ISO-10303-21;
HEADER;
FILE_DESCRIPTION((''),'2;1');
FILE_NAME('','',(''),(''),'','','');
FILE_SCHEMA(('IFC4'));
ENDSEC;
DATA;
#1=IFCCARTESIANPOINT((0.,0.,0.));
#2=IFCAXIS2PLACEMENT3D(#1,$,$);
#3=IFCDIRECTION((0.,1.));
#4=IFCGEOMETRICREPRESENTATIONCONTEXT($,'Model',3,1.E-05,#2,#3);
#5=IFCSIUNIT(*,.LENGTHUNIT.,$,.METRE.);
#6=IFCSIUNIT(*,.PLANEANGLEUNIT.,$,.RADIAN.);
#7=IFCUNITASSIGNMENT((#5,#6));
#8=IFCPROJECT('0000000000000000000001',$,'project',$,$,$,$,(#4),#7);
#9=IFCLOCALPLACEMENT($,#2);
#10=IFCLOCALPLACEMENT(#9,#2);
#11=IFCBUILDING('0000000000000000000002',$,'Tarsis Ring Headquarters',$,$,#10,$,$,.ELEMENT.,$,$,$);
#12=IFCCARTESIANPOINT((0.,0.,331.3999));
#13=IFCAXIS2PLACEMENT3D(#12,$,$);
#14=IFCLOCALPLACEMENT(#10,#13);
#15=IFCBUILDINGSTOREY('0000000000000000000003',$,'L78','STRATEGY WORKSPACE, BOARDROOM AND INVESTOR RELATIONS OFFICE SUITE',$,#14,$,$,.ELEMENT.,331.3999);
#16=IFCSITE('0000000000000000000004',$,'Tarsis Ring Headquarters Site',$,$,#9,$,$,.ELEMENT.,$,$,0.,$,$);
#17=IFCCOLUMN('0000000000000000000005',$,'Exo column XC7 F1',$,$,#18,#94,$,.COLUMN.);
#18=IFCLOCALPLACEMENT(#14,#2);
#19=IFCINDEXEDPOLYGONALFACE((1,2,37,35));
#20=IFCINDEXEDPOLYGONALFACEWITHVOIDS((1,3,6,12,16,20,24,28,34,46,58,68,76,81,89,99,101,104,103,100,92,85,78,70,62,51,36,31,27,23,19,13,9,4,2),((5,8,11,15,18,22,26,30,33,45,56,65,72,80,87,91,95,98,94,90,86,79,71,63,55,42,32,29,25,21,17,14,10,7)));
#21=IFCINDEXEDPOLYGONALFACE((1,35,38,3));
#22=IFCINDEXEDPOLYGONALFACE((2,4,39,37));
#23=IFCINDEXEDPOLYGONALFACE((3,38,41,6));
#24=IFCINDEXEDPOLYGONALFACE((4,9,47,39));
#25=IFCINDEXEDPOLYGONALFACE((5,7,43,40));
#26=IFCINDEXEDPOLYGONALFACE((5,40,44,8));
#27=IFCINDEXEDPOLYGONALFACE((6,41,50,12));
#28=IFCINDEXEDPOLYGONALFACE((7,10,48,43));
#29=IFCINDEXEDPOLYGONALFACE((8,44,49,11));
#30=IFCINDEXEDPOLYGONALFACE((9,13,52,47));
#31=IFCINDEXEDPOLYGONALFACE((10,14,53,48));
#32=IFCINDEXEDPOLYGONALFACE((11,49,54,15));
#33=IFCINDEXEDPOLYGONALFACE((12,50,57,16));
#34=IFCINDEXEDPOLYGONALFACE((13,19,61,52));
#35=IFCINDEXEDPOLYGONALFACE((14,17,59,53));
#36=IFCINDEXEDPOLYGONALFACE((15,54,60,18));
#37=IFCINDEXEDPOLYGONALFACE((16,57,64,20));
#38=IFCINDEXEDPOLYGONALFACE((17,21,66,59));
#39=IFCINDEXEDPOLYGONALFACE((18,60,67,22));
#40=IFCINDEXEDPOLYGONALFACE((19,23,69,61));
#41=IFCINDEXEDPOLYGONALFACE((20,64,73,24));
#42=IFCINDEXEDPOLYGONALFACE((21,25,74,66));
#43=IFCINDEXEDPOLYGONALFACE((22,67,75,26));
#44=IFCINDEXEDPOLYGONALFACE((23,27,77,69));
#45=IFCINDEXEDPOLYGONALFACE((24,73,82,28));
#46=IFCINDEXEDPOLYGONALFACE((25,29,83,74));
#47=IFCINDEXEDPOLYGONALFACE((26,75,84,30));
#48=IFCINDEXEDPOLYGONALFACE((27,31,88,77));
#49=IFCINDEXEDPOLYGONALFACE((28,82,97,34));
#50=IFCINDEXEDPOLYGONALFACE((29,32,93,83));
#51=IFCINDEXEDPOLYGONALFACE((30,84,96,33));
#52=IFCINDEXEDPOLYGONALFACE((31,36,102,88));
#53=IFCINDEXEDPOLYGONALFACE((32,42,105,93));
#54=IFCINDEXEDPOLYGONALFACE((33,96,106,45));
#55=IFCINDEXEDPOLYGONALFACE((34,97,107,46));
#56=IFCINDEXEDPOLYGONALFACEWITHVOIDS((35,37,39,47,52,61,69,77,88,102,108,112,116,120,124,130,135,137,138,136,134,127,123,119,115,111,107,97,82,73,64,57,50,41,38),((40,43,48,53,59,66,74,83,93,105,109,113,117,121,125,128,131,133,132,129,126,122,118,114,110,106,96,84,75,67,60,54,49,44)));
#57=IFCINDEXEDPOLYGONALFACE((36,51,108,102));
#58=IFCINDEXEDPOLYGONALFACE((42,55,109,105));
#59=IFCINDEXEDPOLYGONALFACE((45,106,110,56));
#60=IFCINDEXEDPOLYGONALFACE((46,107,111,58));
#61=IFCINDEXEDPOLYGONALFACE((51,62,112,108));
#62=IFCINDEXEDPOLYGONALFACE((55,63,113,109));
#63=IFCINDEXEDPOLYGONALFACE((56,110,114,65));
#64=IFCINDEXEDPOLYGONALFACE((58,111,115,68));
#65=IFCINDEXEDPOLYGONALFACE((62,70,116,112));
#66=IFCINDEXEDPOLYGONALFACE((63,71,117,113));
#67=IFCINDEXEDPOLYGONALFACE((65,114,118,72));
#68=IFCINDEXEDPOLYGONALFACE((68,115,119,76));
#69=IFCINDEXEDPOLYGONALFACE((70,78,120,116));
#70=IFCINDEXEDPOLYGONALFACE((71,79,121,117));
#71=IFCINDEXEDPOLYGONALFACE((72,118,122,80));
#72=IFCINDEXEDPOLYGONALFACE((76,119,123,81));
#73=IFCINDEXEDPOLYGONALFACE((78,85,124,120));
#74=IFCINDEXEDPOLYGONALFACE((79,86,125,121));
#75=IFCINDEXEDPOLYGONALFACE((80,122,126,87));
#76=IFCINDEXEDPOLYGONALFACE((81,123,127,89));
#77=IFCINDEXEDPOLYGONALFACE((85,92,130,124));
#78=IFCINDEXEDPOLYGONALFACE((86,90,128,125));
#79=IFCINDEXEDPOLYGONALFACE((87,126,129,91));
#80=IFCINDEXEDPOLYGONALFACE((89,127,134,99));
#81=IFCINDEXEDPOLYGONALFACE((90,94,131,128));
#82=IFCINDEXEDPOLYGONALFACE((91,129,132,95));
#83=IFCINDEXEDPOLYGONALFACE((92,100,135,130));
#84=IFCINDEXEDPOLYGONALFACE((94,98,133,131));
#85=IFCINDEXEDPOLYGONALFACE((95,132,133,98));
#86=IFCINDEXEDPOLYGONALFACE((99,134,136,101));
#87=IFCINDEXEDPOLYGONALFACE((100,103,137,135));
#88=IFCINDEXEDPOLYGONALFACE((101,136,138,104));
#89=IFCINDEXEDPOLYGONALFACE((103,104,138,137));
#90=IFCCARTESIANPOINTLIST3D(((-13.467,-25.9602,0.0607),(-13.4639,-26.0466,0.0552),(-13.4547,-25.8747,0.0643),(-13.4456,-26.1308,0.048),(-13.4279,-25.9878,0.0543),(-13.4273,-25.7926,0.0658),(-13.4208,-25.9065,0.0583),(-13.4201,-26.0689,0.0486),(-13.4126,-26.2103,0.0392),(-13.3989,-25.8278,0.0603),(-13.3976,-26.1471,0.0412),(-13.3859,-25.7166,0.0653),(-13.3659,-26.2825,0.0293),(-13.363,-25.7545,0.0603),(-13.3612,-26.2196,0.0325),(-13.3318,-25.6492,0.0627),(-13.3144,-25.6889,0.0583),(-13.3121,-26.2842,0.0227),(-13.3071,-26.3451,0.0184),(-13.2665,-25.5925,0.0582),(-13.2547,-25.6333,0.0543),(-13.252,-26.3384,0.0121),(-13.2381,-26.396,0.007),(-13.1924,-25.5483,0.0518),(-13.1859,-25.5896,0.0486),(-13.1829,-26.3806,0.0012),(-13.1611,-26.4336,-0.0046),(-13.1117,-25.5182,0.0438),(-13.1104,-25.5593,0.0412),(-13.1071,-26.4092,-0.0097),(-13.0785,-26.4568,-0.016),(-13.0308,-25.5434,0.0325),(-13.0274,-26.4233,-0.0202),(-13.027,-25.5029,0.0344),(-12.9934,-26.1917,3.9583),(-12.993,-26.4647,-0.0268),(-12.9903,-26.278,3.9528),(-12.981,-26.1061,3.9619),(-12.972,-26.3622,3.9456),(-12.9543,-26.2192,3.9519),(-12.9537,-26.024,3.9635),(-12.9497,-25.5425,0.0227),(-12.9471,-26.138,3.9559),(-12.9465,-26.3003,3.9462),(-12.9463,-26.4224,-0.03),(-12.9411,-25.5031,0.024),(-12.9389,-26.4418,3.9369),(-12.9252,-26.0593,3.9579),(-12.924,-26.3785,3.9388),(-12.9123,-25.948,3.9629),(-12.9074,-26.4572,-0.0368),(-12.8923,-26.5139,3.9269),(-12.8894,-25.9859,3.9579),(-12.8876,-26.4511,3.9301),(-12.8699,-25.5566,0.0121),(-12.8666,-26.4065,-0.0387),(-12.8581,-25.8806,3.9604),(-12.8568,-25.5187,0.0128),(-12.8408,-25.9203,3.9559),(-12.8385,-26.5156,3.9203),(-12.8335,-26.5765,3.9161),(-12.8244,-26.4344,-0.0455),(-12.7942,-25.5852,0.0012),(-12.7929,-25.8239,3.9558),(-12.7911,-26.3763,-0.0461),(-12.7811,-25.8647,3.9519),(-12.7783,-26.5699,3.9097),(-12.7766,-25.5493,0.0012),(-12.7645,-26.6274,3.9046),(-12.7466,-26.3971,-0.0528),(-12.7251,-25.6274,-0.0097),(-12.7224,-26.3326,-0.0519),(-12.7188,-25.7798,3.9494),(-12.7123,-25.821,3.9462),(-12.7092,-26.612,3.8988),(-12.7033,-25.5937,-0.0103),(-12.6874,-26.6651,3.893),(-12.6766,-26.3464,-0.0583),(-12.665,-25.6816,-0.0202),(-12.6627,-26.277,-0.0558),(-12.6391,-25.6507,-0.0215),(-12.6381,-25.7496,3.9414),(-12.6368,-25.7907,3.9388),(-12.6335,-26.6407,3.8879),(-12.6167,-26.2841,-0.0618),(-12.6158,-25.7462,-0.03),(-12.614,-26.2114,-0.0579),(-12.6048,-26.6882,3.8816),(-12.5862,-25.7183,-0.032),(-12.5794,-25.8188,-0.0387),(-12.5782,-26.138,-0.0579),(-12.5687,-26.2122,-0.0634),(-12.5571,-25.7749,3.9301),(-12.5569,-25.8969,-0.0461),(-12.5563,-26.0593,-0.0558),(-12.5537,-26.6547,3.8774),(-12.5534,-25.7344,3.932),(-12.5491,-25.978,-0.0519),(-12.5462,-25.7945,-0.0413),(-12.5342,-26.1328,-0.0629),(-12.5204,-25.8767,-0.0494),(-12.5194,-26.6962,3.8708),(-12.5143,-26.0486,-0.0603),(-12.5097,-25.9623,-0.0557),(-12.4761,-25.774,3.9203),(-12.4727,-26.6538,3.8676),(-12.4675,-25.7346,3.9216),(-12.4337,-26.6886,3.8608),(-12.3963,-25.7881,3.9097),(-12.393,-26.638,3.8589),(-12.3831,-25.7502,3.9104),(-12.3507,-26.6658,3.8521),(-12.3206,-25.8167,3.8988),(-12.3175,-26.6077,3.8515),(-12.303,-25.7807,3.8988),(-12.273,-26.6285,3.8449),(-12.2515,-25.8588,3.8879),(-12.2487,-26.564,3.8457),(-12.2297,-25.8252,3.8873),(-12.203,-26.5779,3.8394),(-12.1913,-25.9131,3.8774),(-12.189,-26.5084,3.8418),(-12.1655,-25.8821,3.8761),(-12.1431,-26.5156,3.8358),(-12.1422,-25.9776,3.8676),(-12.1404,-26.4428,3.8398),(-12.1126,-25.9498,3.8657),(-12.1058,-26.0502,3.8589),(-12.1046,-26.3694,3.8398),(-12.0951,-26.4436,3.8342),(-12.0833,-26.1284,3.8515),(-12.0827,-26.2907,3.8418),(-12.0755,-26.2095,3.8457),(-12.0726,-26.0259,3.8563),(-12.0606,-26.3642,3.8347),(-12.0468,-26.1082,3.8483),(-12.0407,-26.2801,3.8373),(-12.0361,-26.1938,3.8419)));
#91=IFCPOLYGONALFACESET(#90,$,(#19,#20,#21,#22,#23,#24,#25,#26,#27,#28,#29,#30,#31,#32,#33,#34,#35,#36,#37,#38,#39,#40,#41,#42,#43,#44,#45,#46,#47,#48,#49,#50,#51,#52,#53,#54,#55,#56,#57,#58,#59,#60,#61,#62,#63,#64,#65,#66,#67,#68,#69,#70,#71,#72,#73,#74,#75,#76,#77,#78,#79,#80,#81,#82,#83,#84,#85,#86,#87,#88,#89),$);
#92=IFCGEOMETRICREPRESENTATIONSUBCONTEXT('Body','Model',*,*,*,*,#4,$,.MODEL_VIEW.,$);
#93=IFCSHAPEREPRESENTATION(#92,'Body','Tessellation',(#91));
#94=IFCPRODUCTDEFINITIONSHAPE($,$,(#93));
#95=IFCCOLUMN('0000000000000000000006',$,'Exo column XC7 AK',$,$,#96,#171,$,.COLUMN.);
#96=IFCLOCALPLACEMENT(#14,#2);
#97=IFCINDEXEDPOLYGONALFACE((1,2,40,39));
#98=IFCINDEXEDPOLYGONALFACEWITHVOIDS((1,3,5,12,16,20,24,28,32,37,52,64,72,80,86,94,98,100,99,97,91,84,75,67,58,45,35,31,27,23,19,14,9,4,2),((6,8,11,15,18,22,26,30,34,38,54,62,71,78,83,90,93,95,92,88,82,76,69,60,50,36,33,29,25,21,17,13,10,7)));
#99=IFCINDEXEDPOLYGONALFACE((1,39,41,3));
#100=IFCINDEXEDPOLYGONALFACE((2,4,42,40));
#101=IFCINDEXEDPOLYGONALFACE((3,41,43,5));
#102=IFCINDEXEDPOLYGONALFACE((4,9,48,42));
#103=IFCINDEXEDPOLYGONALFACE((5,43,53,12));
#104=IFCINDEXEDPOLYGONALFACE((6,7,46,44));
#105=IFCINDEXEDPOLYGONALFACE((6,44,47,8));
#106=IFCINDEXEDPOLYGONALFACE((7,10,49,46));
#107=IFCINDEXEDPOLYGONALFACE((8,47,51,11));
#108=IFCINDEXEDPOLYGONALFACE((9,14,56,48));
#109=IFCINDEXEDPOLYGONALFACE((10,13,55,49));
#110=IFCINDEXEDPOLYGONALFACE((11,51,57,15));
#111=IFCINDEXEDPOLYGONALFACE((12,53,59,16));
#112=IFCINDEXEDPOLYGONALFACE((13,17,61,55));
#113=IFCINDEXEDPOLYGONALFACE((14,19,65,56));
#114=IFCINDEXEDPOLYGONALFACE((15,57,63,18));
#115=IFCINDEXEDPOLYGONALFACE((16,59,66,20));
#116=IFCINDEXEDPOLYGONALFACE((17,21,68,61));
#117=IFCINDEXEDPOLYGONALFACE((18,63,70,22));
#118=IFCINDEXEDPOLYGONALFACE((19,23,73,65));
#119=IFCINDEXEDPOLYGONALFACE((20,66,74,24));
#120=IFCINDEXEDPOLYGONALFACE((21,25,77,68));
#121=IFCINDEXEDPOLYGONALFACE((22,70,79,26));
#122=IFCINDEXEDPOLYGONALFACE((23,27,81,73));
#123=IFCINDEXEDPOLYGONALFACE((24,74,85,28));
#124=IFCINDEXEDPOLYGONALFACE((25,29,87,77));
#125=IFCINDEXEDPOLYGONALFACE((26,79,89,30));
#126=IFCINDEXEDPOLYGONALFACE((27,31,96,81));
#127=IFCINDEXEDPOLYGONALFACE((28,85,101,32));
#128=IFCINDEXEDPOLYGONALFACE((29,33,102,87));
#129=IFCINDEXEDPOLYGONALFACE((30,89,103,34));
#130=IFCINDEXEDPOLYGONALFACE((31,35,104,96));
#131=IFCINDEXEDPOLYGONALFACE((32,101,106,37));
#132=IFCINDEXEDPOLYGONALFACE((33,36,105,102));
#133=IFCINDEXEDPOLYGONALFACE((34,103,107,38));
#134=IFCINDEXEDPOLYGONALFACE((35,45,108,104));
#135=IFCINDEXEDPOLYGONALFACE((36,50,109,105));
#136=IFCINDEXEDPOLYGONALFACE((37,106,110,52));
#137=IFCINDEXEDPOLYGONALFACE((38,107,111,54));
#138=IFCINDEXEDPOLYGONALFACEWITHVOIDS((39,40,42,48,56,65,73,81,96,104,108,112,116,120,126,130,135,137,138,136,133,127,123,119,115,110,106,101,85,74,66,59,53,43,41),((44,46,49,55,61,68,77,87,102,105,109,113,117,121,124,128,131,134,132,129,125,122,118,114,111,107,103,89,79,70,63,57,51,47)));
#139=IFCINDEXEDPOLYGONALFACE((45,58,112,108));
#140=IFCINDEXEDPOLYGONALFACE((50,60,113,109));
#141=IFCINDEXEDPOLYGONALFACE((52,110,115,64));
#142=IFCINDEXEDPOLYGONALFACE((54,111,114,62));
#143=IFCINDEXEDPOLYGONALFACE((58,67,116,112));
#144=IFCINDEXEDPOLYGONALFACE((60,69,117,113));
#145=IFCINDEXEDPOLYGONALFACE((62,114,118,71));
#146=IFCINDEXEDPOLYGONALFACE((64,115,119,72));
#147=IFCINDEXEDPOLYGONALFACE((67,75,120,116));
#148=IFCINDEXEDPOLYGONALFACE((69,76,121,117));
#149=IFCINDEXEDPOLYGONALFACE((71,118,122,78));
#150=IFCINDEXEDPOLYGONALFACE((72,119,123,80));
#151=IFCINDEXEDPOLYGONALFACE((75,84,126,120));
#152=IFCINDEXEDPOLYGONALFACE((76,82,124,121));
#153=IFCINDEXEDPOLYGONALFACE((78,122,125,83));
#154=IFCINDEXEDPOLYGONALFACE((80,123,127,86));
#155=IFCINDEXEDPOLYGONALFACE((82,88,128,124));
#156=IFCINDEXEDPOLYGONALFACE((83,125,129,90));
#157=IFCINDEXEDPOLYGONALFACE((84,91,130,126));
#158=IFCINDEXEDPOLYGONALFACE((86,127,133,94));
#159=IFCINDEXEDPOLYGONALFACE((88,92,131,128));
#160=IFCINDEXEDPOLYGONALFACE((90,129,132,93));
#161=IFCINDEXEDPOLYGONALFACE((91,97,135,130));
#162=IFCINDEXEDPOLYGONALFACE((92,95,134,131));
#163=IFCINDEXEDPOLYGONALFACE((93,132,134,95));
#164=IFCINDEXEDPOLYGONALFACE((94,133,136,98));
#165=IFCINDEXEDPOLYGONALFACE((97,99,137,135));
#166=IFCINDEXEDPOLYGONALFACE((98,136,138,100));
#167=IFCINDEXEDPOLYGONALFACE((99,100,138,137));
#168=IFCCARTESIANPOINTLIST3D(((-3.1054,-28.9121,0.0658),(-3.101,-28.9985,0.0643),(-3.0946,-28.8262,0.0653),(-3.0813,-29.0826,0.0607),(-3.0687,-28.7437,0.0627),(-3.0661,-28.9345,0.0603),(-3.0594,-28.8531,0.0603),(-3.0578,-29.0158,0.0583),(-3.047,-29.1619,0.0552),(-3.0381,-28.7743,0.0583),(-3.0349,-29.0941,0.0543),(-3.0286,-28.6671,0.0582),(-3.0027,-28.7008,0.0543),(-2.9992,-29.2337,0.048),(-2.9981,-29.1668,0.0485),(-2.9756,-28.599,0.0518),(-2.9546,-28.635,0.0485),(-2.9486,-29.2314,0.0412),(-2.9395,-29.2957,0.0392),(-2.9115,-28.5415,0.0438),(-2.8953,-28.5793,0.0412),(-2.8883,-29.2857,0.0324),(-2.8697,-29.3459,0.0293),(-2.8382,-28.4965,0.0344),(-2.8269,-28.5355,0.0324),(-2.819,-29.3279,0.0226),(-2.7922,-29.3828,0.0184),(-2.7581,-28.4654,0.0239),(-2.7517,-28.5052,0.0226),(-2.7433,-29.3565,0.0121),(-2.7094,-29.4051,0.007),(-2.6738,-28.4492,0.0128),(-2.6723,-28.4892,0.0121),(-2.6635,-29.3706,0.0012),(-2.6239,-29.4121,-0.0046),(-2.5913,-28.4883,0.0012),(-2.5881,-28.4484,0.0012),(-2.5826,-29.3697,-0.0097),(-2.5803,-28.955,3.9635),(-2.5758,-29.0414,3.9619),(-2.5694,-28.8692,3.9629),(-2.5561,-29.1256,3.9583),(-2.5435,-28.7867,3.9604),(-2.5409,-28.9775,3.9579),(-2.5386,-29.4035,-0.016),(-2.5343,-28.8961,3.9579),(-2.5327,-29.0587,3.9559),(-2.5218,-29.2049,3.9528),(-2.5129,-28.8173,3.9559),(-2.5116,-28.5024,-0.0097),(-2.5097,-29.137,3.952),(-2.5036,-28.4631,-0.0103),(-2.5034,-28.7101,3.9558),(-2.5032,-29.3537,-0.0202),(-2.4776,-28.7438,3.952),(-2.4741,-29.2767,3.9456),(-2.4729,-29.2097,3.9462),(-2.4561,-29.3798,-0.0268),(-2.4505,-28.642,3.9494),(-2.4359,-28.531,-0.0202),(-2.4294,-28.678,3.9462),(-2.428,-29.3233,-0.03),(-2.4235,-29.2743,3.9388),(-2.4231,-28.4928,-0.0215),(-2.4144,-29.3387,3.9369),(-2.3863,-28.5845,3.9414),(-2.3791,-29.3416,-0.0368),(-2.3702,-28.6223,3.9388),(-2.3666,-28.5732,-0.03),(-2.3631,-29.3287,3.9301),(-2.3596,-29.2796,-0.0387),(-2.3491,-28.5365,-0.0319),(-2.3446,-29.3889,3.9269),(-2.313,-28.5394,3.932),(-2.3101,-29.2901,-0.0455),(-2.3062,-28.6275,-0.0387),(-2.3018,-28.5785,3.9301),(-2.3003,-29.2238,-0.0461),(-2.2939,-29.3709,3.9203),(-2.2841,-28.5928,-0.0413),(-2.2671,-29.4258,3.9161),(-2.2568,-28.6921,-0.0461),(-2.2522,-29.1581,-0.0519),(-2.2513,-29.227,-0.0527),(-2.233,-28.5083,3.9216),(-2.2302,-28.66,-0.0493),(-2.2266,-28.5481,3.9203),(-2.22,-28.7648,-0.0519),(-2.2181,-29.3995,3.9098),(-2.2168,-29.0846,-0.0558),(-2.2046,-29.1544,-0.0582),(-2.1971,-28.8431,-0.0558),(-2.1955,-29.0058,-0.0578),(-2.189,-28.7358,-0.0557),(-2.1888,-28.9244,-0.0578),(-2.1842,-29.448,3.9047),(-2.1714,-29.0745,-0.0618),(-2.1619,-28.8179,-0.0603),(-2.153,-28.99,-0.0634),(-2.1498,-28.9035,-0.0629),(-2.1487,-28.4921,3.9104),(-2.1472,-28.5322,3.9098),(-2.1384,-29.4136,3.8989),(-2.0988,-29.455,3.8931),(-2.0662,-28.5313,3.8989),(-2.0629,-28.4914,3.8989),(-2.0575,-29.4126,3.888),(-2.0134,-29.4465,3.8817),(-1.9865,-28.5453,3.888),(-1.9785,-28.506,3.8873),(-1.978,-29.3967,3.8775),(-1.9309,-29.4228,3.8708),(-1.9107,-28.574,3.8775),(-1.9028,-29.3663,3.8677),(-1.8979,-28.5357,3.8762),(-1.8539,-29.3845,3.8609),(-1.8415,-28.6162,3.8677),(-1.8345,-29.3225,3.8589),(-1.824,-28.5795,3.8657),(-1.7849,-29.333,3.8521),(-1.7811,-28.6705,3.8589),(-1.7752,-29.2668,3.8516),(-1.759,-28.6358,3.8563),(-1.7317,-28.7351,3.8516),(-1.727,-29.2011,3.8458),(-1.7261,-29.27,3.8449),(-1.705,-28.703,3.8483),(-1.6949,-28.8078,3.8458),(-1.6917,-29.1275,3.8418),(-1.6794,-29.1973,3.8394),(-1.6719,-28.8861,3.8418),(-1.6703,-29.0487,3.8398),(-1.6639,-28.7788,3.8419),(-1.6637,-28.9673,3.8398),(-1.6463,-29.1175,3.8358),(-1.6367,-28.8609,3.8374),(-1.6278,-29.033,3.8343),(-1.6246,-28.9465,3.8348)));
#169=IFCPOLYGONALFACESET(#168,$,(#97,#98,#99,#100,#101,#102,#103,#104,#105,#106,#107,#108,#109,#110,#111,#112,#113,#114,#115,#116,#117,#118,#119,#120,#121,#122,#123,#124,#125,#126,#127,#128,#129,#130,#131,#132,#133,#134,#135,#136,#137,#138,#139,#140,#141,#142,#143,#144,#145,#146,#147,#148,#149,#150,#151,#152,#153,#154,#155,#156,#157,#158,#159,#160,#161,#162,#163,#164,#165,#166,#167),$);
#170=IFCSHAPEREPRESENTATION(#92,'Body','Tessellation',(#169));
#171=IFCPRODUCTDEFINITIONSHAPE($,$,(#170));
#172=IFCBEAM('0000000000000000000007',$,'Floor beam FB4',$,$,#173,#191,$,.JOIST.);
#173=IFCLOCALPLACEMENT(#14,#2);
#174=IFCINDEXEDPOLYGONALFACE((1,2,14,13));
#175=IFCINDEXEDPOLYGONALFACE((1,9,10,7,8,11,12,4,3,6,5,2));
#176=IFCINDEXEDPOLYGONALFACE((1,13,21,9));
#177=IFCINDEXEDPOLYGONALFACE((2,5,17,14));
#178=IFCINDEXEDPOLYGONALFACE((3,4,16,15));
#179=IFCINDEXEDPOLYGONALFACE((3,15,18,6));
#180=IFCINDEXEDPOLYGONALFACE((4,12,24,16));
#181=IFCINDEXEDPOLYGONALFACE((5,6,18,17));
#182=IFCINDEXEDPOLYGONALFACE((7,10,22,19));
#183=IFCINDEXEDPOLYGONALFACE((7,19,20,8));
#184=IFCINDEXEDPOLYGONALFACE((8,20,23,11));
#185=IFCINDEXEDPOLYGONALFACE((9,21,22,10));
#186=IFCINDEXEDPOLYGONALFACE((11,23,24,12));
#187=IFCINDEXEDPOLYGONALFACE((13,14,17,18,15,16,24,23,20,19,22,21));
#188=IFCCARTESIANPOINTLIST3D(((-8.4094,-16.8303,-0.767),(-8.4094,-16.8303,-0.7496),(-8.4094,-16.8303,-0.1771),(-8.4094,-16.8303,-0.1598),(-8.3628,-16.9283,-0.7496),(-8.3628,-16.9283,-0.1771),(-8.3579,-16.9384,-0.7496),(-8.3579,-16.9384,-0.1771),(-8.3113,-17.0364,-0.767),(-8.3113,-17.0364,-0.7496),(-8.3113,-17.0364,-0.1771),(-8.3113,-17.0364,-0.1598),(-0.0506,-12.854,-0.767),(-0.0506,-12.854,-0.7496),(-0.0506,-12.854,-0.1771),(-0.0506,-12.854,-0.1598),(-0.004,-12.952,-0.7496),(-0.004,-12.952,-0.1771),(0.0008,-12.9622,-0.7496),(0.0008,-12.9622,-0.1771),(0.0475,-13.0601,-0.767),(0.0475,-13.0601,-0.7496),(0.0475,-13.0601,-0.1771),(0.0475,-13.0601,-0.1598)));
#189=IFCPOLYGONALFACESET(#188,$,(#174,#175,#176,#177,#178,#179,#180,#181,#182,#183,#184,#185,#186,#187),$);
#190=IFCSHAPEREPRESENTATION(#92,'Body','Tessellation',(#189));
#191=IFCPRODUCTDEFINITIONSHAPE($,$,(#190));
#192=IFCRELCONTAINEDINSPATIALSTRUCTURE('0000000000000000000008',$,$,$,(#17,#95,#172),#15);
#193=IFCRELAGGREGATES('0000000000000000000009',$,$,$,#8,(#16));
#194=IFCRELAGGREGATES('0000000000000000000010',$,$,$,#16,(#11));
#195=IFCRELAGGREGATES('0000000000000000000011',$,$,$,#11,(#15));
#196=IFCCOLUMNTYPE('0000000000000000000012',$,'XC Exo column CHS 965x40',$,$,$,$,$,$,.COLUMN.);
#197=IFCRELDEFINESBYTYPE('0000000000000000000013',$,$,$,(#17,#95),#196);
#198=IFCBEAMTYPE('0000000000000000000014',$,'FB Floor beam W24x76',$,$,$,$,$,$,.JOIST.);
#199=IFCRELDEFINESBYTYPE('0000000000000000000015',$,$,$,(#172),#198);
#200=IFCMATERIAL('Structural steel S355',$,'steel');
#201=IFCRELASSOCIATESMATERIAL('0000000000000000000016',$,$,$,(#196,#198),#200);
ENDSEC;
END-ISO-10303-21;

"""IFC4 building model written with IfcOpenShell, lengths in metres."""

from ifc_helpers import new_model, si_unit, direction, frame, origin, origin_2d, place, context, subcontext, project, spatial, hollow_circle, i_section, extrude, material, material_profile, profile_set, type_object, element, save


model = new_model("IFC4")

# Units and contexts
model_context = context("Model", 3, precision=1e-05, world=origin(), true_north=direction((0.0, 1.0)))
body_context = subcontext(model_context, "Body", "Model", "MODEL_VIEW")
ifc_project = project(units=[si_unit("LENGTHUNIT", "METRE"), si_unit("PLANEANGLEUNIT", "RADIAN")], contexts=[model_context])

# Site, building, storey
site_placement = place(None, origin())
site = spatial("IfcSite", under=ifc_project, at=site_placement, Name="Tarsis Ring Headquarters Site", CompositionType="ELEMENT", RefElevation=0.0)
building_placement = place(site_placement, origin())
building = spatial("IfcBuilding", under=site, at=building_placement, Name="Tarsis Ring Headquarters", CompositionType="ELEMENT")
storey_placement = place(building_placement, frame((0.0, 0.0, 331.3999)))
storey = spatial("IfcBuildingStorey", under=building, at=storey_placement, Name="L78", Description="STRATEGY WORKSPACE, BOARDROOM AND INVESTOR RELATIONS OFFICE SUITE", CompositionType="ELEMENT", Elevation=331.3999)

# Columns
ifc_material_1 = material(Name="Structural steel S355", Category="steel")
ifc_material_profile_1 = material_profile(ifc_material_1, hollow_circle(Radius=0.4827, WallThickness=0.04, at=origin_2d()), Name="CHS 965x40")
ifc_profile_set_1 = profile_set([ifc_material_profile_1], Name="Structural steel S355")
column_type = type_object("IfcColumnType", Name="XC Exo column CHS 965x40", PredefinedType="COLUMN", material=ifc_profile_set_1)
for number, where, z_axis, x_axis, name in (
    (1, (-12.9885, -25.9829, 0.0012), (0.120419, -0.058844, 0.990978), (0.439044, 0.898466, 0.0), "Exo column XC7 F1"),
    (2, (-2.6274, -28.9294, 0.0012), (0.133518, -0.010925, 0.990986), (0.08155, 0.996669, 0.0), "Exo column XC7 AK"),
):
    element("IfcColumn", number, at=place(storey_placement, frame(where, z_axis=z_axis, x_axis=x_axis)), inside=storey, type_object=column_type, Name=name, PredefinedType="COLUMN", context=body_context, shape_type="SweptSolid", body=[
        extrude(hollow_circle(Radius=0.4827, WallThickness=0.04, at=origin_2d()), origin(), (0.0, 0.0, 1.0), 3.9331),
    ])

# Beam
ifc_material_profile_2 = material_profile(ifc_material_1, i_section(OverallWidth=0.2283, OverallDepth=0.6072, WebThickness=0.0112, FlangeThickness=0.0173, at=origin_2d()), Name="W24x76")
ifc_profile_set_2 = profile_set([ifc_material_profile_2], Name="Structural steel S355")
beam_type_1 = type_object("IfcBeamType", Name="FB Floor beam W24x76", PredefinedType="JOIST", material=ifc_profile_set_2)
beam_1_placement = place(storey_placement, frame((-8.3604, -16.9333, -0.4634), z_axis=(0.903033, 0.429572, 0.0), x_axis=(-0.429572, 0.903033, 0.0)))
element("IfcBeam", 3, at=beam_1_placement, inside=storey, type_object=beam_type_1, Name="Floor beam FB4", PredefinedType="JOIST", context=body_context, shape_type="SweptSolid", body=[
    extrude(i_section(OverallWidth=0.2283, OverallDepth=0.6072, WebThickness=0.0112, FlangeThickness=0.0173, at=origin_2d()), origin(), (0.0, 0.0, 1.0), 9.2563),
])

save(model, "model.ifc")
